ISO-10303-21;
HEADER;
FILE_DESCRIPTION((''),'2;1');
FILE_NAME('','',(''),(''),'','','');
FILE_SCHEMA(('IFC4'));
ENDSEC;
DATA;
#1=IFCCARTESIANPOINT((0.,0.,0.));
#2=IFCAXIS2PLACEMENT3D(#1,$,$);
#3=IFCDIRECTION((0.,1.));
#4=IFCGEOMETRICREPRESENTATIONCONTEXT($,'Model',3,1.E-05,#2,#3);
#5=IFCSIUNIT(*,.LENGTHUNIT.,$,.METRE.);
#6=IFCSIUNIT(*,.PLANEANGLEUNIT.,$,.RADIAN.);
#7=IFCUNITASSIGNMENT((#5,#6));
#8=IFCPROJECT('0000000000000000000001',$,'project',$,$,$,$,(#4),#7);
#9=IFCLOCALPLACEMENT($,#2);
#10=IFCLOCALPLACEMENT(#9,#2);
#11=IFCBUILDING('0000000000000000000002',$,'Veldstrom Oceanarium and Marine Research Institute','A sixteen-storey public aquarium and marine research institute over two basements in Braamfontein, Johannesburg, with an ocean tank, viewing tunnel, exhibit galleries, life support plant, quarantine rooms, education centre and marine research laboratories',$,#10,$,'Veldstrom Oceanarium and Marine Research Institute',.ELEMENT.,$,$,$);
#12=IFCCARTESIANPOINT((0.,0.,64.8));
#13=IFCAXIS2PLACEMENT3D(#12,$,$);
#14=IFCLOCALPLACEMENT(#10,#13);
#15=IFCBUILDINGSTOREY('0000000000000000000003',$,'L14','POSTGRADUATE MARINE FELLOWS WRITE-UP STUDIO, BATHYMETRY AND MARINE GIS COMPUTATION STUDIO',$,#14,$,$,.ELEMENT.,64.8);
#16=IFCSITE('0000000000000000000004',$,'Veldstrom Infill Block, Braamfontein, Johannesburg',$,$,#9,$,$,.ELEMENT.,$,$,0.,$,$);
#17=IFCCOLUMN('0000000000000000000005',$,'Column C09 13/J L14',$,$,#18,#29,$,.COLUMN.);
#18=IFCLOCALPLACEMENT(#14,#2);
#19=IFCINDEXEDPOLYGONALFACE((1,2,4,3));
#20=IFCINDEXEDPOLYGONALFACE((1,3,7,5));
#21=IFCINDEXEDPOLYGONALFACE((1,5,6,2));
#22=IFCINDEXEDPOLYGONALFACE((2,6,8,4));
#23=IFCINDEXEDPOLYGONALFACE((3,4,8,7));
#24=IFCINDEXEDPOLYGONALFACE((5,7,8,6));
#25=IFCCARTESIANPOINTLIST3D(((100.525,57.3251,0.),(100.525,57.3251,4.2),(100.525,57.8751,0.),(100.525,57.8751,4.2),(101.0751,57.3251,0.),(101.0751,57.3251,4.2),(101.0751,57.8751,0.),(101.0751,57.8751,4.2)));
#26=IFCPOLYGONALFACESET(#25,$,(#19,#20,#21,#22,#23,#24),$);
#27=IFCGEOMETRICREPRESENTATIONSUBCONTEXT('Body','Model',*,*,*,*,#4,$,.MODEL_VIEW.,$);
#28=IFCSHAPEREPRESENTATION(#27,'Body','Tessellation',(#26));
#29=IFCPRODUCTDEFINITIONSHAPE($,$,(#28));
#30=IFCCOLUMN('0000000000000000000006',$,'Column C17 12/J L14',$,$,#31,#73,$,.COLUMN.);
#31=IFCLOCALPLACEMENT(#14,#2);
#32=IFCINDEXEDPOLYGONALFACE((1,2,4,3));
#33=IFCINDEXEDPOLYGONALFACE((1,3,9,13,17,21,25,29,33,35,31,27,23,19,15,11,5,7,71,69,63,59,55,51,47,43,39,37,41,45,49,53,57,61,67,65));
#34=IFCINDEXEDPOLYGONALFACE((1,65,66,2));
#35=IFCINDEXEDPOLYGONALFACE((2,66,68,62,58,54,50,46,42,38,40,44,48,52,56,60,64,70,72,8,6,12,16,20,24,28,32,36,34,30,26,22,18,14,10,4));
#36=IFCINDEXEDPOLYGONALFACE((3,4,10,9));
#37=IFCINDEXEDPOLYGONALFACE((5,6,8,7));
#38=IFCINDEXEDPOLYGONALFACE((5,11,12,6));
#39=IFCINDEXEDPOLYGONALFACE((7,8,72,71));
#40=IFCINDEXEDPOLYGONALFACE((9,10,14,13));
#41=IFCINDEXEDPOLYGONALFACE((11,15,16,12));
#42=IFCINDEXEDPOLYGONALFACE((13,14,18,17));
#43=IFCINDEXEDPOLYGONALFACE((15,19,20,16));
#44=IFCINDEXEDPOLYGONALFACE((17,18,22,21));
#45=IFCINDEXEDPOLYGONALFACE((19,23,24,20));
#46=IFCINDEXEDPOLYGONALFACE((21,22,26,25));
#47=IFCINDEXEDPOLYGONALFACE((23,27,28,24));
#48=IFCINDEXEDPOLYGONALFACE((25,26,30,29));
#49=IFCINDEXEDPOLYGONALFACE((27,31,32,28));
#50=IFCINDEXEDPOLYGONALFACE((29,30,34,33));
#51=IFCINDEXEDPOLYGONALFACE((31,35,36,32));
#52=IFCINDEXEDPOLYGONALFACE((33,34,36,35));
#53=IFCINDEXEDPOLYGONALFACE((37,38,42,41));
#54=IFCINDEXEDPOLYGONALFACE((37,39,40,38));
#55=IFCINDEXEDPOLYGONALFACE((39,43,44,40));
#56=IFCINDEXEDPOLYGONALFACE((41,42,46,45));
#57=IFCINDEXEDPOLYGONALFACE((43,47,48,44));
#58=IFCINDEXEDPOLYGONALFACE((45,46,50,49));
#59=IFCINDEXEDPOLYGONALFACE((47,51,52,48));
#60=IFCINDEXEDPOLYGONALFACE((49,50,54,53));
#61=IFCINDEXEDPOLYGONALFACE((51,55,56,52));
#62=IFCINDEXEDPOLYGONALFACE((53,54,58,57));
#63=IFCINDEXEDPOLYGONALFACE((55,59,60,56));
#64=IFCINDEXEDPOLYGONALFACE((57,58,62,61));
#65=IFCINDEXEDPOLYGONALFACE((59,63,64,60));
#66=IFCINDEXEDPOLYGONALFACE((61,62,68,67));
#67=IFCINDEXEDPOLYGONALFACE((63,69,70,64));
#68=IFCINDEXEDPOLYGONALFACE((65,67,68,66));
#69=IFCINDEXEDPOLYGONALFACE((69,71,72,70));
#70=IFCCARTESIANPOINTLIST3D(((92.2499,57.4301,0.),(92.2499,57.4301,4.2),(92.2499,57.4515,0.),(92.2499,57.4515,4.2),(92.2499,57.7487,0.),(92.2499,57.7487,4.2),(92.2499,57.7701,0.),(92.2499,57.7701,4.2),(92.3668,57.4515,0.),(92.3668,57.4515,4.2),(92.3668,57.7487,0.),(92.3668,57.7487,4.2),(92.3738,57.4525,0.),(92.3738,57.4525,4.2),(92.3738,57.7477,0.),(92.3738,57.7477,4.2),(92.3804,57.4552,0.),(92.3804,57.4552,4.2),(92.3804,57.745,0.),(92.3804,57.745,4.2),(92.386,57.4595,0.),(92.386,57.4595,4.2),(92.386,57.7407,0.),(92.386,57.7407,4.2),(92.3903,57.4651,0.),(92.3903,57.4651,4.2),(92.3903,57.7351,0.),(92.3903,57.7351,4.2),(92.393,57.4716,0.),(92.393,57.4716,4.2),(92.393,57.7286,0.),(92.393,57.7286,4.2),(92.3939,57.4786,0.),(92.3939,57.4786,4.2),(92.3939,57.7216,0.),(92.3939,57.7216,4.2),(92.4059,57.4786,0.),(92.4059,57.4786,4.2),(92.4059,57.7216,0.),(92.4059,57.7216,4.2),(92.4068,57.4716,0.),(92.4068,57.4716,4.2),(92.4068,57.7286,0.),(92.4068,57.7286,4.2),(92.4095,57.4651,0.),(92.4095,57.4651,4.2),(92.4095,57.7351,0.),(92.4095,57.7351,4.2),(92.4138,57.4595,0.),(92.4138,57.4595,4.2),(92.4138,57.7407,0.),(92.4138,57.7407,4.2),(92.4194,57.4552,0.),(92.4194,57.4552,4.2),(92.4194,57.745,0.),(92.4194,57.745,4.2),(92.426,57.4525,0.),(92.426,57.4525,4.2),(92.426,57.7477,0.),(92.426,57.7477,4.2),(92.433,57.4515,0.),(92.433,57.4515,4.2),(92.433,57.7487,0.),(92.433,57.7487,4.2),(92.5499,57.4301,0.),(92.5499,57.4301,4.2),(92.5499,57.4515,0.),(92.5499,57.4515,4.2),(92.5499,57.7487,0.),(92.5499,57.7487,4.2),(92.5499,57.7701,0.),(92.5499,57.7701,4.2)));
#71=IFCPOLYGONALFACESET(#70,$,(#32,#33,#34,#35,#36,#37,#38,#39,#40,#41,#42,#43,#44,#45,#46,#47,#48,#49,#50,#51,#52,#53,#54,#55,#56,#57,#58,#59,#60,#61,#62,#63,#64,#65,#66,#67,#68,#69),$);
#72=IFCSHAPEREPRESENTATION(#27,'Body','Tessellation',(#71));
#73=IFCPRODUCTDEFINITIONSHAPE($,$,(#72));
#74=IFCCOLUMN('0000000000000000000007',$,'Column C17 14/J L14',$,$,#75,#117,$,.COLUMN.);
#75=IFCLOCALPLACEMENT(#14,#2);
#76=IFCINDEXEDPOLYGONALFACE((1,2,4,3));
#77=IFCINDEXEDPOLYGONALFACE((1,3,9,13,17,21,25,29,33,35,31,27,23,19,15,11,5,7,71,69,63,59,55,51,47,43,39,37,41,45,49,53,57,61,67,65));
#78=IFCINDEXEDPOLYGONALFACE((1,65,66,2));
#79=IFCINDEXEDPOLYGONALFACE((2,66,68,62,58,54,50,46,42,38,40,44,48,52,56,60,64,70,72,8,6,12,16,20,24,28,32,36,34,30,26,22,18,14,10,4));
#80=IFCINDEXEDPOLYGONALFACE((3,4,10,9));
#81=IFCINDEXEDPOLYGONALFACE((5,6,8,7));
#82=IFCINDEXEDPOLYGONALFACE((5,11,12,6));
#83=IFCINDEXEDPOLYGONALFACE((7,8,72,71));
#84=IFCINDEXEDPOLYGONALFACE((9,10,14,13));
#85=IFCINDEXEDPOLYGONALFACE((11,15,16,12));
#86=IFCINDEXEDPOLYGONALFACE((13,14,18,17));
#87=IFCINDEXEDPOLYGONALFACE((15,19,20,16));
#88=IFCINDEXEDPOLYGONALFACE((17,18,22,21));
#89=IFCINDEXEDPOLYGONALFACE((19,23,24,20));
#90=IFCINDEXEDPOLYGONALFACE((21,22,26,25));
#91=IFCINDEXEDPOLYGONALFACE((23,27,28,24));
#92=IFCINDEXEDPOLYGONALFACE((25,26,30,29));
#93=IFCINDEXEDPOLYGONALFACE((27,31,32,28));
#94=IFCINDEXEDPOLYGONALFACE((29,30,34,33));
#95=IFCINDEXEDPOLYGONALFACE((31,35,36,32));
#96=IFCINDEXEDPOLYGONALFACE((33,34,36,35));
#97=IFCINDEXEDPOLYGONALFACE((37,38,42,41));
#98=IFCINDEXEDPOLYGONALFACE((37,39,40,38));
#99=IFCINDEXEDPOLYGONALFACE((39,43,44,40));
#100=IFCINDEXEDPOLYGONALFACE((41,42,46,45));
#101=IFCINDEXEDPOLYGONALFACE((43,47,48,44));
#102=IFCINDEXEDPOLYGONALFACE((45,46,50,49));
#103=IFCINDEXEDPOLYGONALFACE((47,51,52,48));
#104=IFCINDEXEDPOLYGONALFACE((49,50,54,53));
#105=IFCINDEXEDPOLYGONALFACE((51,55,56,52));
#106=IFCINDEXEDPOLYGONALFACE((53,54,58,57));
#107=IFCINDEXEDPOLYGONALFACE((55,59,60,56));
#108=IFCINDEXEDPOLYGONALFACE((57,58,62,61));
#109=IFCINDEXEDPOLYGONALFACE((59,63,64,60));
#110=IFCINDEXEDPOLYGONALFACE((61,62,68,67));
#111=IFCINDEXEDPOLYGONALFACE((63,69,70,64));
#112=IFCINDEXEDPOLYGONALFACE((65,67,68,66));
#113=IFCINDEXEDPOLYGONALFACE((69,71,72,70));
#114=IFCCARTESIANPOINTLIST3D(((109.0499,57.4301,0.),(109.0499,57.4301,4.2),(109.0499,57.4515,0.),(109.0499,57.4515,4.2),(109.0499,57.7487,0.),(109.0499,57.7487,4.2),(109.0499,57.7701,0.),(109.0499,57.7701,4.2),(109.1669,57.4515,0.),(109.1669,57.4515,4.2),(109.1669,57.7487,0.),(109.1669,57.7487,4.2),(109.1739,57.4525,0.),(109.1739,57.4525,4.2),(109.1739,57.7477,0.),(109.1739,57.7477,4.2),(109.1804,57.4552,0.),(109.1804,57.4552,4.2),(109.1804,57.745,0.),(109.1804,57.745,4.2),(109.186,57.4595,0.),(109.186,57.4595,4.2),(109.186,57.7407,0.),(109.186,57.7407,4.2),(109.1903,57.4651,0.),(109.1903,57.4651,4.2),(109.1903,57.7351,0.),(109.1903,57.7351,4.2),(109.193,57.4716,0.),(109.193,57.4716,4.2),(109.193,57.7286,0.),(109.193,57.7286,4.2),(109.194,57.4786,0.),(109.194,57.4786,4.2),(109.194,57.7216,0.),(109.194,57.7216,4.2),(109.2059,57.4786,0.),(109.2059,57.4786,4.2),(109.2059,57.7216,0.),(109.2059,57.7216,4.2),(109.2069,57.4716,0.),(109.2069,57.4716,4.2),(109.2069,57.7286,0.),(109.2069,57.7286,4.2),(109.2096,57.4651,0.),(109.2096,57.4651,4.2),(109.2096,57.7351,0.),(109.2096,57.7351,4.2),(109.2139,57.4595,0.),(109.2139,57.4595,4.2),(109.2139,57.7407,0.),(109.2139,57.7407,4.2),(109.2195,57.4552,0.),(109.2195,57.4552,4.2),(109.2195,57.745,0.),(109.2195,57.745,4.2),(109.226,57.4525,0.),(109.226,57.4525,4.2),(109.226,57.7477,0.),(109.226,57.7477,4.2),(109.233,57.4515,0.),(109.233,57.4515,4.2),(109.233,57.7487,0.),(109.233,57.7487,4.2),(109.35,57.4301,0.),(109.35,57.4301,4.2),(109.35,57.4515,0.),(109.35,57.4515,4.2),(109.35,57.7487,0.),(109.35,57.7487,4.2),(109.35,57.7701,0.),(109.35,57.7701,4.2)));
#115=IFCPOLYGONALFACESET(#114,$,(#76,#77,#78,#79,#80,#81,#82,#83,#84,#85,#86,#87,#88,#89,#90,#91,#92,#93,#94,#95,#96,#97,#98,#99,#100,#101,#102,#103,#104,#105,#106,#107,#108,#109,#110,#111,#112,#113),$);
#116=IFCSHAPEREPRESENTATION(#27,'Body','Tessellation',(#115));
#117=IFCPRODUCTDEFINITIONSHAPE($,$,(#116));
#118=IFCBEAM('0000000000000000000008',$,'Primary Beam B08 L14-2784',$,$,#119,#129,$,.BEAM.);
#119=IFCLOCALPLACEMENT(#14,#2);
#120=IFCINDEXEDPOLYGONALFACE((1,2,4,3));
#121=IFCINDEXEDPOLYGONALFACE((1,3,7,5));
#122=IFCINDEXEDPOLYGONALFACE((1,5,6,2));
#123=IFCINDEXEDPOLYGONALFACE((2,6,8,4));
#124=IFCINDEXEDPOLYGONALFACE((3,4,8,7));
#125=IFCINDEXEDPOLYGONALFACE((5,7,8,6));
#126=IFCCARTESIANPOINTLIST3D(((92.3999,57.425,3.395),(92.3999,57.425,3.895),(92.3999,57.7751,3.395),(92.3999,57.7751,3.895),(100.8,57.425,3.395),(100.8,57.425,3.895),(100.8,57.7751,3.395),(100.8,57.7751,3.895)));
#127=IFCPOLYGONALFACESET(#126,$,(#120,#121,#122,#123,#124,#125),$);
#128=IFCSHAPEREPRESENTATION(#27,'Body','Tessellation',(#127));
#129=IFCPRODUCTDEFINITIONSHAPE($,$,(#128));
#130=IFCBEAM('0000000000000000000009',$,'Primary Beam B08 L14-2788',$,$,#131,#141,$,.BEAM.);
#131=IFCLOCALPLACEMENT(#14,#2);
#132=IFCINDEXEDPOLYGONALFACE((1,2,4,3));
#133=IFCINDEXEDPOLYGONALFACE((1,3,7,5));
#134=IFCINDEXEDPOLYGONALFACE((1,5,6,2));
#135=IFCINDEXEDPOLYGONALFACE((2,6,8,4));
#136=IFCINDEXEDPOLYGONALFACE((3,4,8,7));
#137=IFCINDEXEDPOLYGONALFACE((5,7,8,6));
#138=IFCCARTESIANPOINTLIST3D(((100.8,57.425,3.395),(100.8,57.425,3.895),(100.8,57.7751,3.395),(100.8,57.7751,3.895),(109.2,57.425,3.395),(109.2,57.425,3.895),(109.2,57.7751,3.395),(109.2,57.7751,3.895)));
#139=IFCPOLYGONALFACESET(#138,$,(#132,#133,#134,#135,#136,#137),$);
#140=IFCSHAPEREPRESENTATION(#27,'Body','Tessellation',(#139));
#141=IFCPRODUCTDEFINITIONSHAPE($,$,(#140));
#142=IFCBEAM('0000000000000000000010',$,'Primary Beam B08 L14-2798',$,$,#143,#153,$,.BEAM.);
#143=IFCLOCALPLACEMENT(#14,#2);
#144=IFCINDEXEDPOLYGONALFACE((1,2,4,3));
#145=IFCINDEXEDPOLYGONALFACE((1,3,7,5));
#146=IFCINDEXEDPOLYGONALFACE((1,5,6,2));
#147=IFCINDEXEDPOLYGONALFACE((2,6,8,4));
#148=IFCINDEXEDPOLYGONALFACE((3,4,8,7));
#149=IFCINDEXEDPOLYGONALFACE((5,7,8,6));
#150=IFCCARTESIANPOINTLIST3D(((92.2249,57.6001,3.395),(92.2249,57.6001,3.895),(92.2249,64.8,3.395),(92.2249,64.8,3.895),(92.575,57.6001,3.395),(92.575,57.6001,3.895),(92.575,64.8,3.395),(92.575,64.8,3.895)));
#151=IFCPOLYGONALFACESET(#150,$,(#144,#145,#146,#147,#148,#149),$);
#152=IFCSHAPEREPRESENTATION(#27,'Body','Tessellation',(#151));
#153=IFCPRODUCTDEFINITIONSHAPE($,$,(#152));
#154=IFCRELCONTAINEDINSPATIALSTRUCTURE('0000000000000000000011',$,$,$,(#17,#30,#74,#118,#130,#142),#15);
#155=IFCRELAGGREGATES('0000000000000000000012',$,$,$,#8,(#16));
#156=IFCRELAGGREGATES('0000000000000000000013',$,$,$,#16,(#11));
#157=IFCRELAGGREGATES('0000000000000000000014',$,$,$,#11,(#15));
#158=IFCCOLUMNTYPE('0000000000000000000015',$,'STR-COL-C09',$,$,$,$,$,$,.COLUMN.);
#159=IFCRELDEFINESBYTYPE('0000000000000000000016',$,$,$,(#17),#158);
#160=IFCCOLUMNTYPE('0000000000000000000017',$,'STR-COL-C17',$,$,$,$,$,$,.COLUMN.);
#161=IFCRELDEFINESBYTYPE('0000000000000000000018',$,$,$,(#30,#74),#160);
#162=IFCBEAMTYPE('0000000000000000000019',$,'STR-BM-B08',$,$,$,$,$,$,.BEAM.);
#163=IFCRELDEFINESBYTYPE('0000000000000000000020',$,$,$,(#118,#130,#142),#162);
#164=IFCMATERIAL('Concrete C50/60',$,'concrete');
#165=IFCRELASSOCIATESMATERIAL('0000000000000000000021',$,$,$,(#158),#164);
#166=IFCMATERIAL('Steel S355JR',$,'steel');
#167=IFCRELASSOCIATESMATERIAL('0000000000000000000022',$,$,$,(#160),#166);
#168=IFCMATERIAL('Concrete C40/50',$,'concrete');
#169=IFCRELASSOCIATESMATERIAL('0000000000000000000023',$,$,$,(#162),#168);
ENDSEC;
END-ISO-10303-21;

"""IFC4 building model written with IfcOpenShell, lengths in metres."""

from ifc_helpers import new_model, si_unit, direction, frame, origin, origin_2d, place, context, subcontext, project, spatial, rectangle, i_section, extrude, material, material_profile, profile_set, type_object, element, save


model = new_model("IFC4")

# Units and contexts
model_context = context("Model", 3, precision=1e-05, world=origin(), true_north=direction((0.0, 1.0)))
body_context = subcontext(model_context, "Body", "Model", "MODEL_VIEW")
ifc_project = project(units=[si_unit("LENGTHUNIT", "METRE"), si_unit("PLANEANGLEUNIT", "RADIAN")], contexts=[model_context])

# Site, building, storey
site_placement = place(None, origin())
site = spatial("IfcSite", under=ifc_project, at=site_placement, Name="Veldstrom Infill Block, Braamfontein, Johannesburg", CompositionType="ELEMENT", RefElevation=0.0)
building_placement = place(site_placement, origin())
building = spatial("IfcBuilding", under=site, at=building_placement, Name="Veldstrom Oceanarium and Marine Research Institute", Description="A sixteen-storey public aquarium and marine research institute over two basements in Braamfontein, Johannesburg, with an ocean tank, viewing tunnel, exhibit galleries, life support plant, quarantine rooms, education centre and marine research laboratories", LongName="Veldstrom Oceanarium and Marine Research Institute", CompositionType="ELEMENT")
storey_placement = place(building_placement, frame((0.0, 0.0, 64.8)))
storey = spatial("IfcBuildingStorey", under=building, at=storey_placement, Name="L14", Description="POSTGRADUATE MARINE FELLOWS WRITE-UP STUDIO, BATHYMETRY AND MARINE GIS COMPUTATION STUDIO", CompositionType="ELEMENT", Elevation=64.8)

# Columns
ifc_material_1 = material(Name="Concrete C50/60", Category="concrete")
ifc_material_profile_1 = material_profile(ifc_material_1, rectangle(XDim=0.55, YDim=0.55, at=origin_2d()), Name="RC-COL-550x550")
ifc_profile_set_1 = profile_set([ifc_material_profile_1], Name="Concrete C50/60")
column_type_1 = type_object("IfcColumnType", Name="STR-COL-C09", PredefinedType="COLUMN", material=ifc_profile_set_1)
column_placement = place(storey_placement, frame((100.8, 57.6001, 0.0), z_axis=(0.0, 0.0, 1.0), x_axis=(1.0, 0.0, 0.0)))
element("IfcColumn", 1, at=column_placement, inside=storey, type_object=column_type_1, Name="Column C09 13/J L14", PredefinedType="COLUMN", context=body_context, shape_type="SweptSolid", body=[
    extrude(rectangle(XDim=0.55, YDim=0.55, at=origin_2d()), origin(), (0.0, 0.0, 1.0), 4.2),
])
ifc_material_2 = material(Name="Steel S355JR", Category="steel")
ifc_material_profile_2 = material_profile(ifc_material_2, i_section(OverallWidth=0.3, OverallDepth=0.3401, WebThickness=0.012, FlangeThickness=0.0215, FilletRadius=0.0271, at=origin_2d()), Name="HEB 340")
ifc_profile_set_2 = profile_set([ifc_material_profile_2], Name="Steel S355JR")
column_type_2 = type_object("IfcColumnType", Name="STR-COL-C17", PredefinedType="COLUMN", material=ifc_profile_set_2)
for number, where, z_axis, x_axis, name in (
    (2, (92.3999, 57.6001, 0.0), (0.0, 0.0, 1.0), (1.0, 0.0, 0.0), "Column C17 12/J L14"),
    (3, (109.2, 57.6001, 0.0), (0.0, 0.0, 1.0), (1.0, 0.0, 0.0), "Column C17 14/J L14"),
):
    element("IfcColumn", number, at=place(storey_placement, frame(where, z_axis=z_axis, x_axis=x_axis)), inside=storey, type_object=column_type_2, Name=name, PredefinedType="COLUMN", context=body_context, shape_type="SweptSolid", body=[
        extrude(i_section(OverallWidth=0.3, OverallDepth=0.3401, WebThickness=0.012, FlangeThickness=0.0215, FilletRadius=0.0271, at=origin_2d()), origin(), (0.0, 0.0, 1.0), 4.2),
    ])

# Beams
ifc_material_3 = material(Name="Concrete C40/50", Category="concrete")
ifc_material_profile_3 = material_profile(ifc_material_3, rectangle(XDim=0.3501, YDim=0.5, at=origin_2d()), Name="RC-BM-350x500")
ifc_profile_set_3 = profile_set([ifc_material_profile_3], Name="Concrete C40/50")
beam_type_1 = type_object("IfcBeamType", Name="STR-BM-B08", PredefinedType="BEAM", material=ifc_profile_set_3)
beam_1_placement = place(storey_placement, frame((92.3999, 57.6001, 3.645), z_axis=(1.0, 0.0, 0.0), x_axis=(0.0, 1.0, 0.0)))
element("IfcBeam", 4, at=beam_1_placement, inside=storey, type_object=beam_type_1, Name="Primary Beam B08 L14-2784", PredefinedType="BEAM", context=body_context, shape_type="SweptSolid", body=[
    extrude(rectangle(XDim=0.3501, YDim=0.5, at=origin_2d()), origin(), (0.0, 0.0, 1.0), 8.4001),
])
beam_2_placement = place(storey_placement, frame((100.8, 57.6001, 3.645), z_axis=(1.0, 0.0, 0.0), x_axis=(0.0, 1.0, 0.0)))
element("IfcBeam", 5, at=beam_2_placement, inside=storey, type_object=beam_type_1, Name="Primary Beam B08 L14-2788", PredefinedType="BEAM", context=body_context, shape_type="SweptSolid", body=[
    extrude(rectangle(XDim=0.3501, YDim=0.5, at=origin_2d()), origin(), (0.0, 0.0, 1.0), 8.3999),
])
beam_3_placement = place(storey_placement, frame((92.3999, 57.6001, 3.645), z_axis=(0.0, 1.0, 0.0), x_axis=(-1.0, 0.0, 0.0)))
element("IfcBeam", 6, at=beam_3_placement, inside=storey, type_object=beam_type_1, Name="Primary Beam B08 L14-2798", PredefinedType="BEAM", context=body_context, shape_type="SweptSolid", body=[
    extrude(rectangle(XDim=0.3501, YDim=0.5, at=origin_2d()), origin(), (0.0, 0.0, 1.0), 7.2),
])

save(model, "model.ifc")
